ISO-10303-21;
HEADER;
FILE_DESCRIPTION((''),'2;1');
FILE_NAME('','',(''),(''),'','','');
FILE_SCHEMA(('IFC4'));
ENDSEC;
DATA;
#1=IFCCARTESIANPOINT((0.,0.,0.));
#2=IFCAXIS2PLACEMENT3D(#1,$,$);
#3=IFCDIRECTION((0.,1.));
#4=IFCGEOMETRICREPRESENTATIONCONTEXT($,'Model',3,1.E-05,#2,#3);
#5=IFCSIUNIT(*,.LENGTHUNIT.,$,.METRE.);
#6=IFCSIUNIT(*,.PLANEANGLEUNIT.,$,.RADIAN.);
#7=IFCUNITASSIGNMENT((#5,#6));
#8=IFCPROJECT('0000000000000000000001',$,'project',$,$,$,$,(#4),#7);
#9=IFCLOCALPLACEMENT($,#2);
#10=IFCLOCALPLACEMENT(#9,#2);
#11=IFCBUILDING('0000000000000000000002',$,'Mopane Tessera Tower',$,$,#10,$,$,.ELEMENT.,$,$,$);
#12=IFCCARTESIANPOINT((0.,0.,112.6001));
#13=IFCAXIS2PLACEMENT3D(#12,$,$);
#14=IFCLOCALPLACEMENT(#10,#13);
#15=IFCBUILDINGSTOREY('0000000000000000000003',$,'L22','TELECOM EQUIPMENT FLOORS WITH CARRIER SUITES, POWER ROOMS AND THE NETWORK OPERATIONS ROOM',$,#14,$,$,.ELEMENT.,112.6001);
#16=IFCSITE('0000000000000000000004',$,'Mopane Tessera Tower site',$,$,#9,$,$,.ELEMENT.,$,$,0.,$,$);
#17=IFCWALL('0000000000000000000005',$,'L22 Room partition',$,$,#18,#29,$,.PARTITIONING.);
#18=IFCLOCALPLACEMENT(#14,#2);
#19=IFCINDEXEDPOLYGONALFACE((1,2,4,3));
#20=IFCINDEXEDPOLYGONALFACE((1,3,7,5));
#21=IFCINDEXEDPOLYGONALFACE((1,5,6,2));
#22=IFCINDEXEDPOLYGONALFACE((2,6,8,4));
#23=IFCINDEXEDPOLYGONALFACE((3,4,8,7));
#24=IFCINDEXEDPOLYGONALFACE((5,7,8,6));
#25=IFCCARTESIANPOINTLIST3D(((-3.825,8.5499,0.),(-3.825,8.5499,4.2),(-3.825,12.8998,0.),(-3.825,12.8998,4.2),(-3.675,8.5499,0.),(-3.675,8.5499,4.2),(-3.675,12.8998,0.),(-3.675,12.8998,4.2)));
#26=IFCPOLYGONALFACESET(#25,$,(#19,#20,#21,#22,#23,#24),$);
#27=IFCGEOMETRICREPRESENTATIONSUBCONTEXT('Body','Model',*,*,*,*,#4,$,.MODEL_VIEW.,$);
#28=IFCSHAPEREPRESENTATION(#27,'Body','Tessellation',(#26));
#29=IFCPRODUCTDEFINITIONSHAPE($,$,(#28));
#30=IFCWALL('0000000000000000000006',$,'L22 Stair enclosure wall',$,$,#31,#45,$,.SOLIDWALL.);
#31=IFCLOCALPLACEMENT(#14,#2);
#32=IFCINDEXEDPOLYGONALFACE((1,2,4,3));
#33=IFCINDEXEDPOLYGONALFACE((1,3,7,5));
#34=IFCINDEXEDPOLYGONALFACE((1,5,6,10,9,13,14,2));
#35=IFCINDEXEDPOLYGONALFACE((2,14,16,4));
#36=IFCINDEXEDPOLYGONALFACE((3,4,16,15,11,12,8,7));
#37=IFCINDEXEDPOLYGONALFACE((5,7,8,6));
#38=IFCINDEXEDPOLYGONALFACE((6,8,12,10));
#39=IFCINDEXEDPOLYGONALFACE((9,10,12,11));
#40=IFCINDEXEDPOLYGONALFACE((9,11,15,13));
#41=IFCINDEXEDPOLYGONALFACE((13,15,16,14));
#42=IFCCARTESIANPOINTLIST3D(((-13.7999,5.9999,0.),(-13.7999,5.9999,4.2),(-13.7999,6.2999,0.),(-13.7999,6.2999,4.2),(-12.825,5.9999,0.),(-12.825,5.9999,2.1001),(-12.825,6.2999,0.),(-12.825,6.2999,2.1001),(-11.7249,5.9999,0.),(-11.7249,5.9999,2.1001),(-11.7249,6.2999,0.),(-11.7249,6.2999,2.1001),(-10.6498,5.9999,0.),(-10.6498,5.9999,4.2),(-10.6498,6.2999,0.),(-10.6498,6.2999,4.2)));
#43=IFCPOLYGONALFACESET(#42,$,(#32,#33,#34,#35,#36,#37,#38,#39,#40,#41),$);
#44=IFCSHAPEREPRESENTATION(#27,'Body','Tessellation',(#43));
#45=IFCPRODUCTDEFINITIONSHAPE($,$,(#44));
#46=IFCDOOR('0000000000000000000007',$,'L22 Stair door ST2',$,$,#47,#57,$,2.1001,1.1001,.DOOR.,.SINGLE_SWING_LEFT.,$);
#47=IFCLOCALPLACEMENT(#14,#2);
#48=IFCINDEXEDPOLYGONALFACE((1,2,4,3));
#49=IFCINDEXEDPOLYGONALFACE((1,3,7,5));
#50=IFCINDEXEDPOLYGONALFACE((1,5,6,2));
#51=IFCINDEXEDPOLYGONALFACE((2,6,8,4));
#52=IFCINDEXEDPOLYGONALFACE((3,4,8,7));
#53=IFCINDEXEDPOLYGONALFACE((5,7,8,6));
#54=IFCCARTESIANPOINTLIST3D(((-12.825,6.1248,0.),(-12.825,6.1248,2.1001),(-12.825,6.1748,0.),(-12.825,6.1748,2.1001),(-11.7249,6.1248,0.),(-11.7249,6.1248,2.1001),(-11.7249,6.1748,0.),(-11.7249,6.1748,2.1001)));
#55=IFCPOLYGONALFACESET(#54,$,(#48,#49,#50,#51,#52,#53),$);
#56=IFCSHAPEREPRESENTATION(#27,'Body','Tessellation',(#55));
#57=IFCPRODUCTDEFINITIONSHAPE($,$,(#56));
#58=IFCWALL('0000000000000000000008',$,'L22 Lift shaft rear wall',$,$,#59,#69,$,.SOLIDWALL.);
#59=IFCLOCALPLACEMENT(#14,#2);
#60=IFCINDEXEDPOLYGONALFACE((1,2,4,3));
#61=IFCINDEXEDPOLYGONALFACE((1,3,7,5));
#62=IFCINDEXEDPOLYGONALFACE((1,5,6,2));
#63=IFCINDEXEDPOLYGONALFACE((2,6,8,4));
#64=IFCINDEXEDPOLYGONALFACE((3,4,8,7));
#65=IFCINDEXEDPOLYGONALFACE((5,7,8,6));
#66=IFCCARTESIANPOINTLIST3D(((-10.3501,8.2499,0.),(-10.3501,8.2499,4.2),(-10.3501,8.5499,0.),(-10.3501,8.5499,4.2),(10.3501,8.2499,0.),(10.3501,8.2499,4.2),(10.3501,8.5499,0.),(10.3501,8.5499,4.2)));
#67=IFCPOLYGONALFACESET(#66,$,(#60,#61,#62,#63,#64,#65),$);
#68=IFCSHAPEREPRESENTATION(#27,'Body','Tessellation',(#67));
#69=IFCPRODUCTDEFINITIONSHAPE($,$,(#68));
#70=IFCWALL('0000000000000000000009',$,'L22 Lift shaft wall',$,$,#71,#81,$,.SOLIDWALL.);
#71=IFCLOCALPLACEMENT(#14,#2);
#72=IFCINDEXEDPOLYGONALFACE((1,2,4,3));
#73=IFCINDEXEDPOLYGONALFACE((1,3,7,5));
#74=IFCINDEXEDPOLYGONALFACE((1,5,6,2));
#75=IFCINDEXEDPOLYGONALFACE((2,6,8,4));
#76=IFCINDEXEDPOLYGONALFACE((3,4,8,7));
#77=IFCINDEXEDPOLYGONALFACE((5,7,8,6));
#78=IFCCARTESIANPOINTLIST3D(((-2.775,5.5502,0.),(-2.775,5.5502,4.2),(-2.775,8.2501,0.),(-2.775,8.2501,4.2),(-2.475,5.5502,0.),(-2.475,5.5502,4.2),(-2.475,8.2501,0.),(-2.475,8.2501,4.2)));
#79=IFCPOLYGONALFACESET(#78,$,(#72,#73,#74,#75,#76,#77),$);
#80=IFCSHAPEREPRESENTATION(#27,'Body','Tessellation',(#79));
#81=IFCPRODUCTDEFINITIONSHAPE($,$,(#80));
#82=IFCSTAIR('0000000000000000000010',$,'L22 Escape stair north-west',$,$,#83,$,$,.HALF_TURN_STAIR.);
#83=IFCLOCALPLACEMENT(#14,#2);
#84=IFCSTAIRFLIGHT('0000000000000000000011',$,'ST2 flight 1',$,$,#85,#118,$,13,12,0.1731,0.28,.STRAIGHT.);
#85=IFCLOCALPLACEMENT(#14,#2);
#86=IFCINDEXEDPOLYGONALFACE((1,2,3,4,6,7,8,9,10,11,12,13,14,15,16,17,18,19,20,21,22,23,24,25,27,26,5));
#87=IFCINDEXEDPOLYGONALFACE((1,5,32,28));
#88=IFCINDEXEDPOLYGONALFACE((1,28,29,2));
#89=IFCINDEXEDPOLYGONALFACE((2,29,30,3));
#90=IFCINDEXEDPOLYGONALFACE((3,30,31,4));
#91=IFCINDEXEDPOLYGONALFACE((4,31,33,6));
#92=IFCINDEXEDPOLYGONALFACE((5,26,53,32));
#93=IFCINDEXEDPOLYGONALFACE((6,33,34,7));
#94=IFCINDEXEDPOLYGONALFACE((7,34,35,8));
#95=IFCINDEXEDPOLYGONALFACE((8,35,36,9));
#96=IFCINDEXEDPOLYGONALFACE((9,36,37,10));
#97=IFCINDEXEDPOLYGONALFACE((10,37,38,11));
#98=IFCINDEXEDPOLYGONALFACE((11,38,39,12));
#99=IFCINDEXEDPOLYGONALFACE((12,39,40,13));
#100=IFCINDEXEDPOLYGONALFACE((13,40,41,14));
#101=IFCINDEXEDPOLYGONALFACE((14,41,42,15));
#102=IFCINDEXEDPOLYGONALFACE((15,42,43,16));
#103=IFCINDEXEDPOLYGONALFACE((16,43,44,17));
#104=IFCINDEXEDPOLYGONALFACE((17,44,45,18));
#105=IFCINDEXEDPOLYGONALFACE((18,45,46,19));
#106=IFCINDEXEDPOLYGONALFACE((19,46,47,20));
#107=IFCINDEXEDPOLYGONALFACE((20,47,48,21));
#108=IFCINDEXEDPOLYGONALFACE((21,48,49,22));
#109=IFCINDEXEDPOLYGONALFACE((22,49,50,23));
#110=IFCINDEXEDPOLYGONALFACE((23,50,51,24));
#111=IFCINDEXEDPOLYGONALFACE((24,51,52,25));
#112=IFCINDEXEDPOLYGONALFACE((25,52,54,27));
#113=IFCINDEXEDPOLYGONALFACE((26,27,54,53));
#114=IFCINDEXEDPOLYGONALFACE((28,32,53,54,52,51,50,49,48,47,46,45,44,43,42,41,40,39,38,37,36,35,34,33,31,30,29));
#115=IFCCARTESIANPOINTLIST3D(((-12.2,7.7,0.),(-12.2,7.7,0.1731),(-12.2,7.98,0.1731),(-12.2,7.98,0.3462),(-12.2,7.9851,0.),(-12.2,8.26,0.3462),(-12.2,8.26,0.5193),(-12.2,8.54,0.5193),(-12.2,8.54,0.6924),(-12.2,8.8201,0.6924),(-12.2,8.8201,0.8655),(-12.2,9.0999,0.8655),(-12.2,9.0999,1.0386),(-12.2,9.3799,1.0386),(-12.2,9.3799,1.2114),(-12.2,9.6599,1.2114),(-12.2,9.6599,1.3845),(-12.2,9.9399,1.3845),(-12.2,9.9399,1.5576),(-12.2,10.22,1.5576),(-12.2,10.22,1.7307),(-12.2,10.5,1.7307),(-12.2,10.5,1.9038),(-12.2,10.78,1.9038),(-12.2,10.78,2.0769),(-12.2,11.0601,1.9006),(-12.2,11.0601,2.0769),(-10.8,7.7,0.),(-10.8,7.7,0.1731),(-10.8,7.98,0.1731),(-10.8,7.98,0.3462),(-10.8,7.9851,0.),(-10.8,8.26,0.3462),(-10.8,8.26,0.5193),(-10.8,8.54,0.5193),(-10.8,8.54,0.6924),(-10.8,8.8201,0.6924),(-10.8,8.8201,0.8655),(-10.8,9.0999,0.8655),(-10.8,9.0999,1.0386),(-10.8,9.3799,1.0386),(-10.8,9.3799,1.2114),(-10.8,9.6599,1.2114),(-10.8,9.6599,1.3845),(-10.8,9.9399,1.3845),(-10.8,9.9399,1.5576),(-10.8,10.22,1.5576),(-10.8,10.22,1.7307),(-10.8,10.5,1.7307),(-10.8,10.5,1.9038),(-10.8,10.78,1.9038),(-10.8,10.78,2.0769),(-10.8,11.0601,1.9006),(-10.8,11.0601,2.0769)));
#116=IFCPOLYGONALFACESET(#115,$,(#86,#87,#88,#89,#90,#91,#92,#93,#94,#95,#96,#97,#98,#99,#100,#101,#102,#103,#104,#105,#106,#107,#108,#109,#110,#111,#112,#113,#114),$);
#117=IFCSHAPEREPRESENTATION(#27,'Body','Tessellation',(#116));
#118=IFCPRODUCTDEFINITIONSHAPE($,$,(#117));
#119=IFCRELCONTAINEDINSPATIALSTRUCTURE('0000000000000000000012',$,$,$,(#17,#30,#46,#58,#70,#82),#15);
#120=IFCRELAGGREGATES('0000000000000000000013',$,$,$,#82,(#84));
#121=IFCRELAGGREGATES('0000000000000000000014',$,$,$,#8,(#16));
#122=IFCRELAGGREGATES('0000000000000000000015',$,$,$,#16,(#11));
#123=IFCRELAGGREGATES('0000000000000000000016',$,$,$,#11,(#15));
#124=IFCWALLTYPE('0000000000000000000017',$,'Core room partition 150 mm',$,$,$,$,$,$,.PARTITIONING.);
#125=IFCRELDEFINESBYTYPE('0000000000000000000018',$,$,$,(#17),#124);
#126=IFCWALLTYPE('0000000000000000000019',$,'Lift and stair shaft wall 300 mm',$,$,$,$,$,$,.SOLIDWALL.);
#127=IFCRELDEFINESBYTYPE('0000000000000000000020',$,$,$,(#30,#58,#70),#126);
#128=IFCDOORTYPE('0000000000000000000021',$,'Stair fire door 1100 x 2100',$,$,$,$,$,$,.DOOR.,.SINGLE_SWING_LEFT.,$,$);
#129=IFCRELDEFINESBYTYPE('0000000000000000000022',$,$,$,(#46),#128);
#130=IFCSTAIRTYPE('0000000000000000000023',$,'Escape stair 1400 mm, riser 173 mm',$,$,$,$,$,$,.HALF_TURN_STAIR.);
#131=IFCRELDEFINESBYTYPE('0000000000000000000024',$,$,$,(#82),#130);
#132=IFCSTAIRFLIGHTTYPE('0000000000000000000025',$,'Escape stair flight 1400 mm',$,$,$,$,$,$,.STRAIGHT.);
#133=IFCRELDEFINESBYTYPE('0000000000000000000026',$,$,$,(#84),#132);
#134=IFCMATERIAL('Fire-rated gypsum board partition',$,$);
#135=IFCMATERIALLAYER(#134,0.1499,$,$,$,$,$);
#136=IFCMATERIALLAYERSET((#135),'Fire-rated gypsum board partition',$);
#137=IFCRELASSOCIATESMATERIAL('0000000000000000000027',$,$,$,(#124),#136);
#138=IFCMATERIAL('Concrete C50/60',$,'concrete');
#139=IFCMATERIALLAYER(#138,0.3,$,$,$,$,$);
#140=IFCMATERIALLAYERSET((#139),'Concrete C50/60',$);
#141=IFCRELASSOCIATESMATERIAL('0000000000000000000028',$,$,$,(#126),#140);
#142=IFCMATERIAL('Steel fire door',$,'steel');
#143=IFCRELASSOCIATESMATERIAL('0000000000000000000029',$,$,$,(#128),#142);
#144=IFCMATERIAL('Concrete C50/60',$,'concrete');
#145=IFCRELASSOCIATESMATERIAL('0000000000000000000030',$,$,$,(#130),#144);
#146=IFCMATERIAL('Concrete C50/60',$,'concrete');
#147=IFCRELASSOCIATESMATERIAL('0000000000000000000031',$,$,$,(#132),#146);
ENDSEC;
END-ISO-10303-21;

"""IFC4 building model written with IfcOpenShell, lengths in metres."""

from ifc_helpers import new_model, si_unit, direction, frame, frame_2d, origin, place, context, subcontext, project, spatial, polyline, rectangle, outline, extrude, material, layer, layer_set, type_object, element, fill, aggregate, save


model = new_model("IFC4")

# Units and contexts
model_context = context("Model", 3, precision=1e-05, world=origin(), true_north=direction((0.0, 1.0)))
body_context = subcontext(model_context, "Body", "Model", "MODEL_VIEW")
ifc_project = project(units=[si_unit("LENGTHUNIT", "METRE"), si_unit("PLANEANGLEUNIT", "RADIAN")], contexts=[model_context])

# Site, building, storey
site_placement = place(None, origin())
site = spatial("IfcSite", under=ifc_project, at=site_placement, Name="Mopane Tessera Tower site", CompositionType="ELEMENT", RefElevation=0.0)
building_placement = place(site_placement, origin())
building = spatial("IfcBuilding", under=site, at=building_placement, Name="Mopane Tessera Tower", CompositionType="ELEMENT")
storey_placement = place(building_placement, frame((0.0, 0.0, 112.6001)))
storey = spatial("IfcBuildingStorey", under=building, at=storey_placement, Name="L22", Description="TELECOM EQUIPMENT FLOORS WITH CARRIER SUITES, POWER ROOMS AND THE NETWORK OPERATIONS ROOM", CompositionType="ELEMENT", Elevation=112.6001)

# Wall
ifc_material_1 = material(Name="Fire-rated gypsum board partition")
ifc_layer_1 = layer(ifc_material_1, 0.1499)
ifc_layer_set_1 = layer_set([ifc_layer_1], Name="Fire-rated gypsum board partition")
wall_type_1 = type_object("IfcWallType", Name="Core room partition 150 mm", PredefinedType="PARTITIONING", material=ifc_layer_set_1)
wall_1_placement = place(storey_placement, frame((-3.75, 8.55, 0.0), z_axis=(0.0, 0.0, 1.0), x_axis=(0.0, 1.0, 0.0)))
element("IfcWall", 1, at=wall_1_placement, inside=storey, type_object=wall_type_1, Name="L22 Room partition", PredefinedType="PARTITIONING", context=body_context, shape_type="SweptSolid", body=[
    extrude(rectangle(XDim=4.3499, YDim=0.1499, at=frame_2d((2.1748, 0.0))), origin(), (0.0, 0.0, 1.0), 4.2),
])

# Wall, opening, door
ifc_material_2 = material(Name="Concrete C50/60", Category="concrete")
ifc_layer_2 = layer(ifc_material_2, 0.3)
ifc_layer_set_2 = layer_set([ifc_layer_2], Name="Concrete C50/60")
wall_type_2 = type_object("IfcWallType", Name="Lift and stair shaft wall 300 mm", PredefinedType="SOLIDWALL", material=ifc_layer_set_2)
wall_2_placement = place(storey_placement, frame((-13.8, 6.1499, 0.0), z_axis=(0.0, 0.0, 1.0), x_axis=(1.0, 0.0, 0.0)))
wall_2 = element("IfcWall", 2, at=wall_2_placement, inside=storey, type_object=wall_type_2, Name="L22 Stair enclosure wall", PredefinedType="SOLIDWALL", context=body_context, shape_type="SweptSolid", body=[
    extrude(rectangle(XDim=3.1501, YDim=0.3, at=frame_2d((1.5752, 0.0))), origin(), (0.0, 0.0, 1.0), 4.2),
])
opening_placement = place(wall_2_placement, frame((0.9751, 0.0, 0.0)))
opening = element("IfcOpeningElement", 3, at=opening_placement, cuts=wall_2, PredefinedType="OPENING", context=body_context, shape_type="SweptSolid", body=[
    extrude(rectangle(XDim=1.1001, YDim=2.1001, at=frame_2d((0.55, 1.05))), frame((0.0, 0.1621, 0.0), z_axis=(0.0, -1.0, 0.0), x_axis=(1.0, 0.0, 0.0)), (0.0, 0.0, 1.0), 0.324),
])
ifc_material_3 = material(Name="Steel fire door", Category="steel")
door_type = type_object("IfcDoorType", Name="Stair fire door 1100 x 2100", OperationType="SINGLE_SWING_LEFT", PredefinedType="DOOR", material=ifc_material_3)
door_placement = place(opening_placement, origin())
door = element("IfcDoor", 4, at=door_placement, inside=storey, type_object=door_type, Name="L22 Stair door ST2", OperationType="SINGLE_SWING_LEFT", OverallHeight=2.1001, OverallWidth=1.1001, PredefinedType="DOOR", context=body_context, shape_type="SweptSolid", body=[
    extrude(rectangle(XDim=1.1001, YDim=2.1001, at=frame_2d((0.55, 1.05))), frame((0.0, 0.0249, 0.0), z_axis=(0.0, -1.0, 0.0), x_axis=(1.0, 0.0, 0.0)), (0.0, 0.0, 1.0), 0.05),
])
fill(opening, door)

# Walls
wall_3_placement = place(storey_placement, frame((-10.3501, 8.3999, 0.0), z_axis=(0.0, 0.0, 1.0), x_axis=(1.0, 0.0, 0.0)))
element("IfcWall", 5, at=wall_3_placement, inside=storey, type_object=wall_type_2, Name="L22 Lift shaft rear wall", PredefinedType="SOLIDWALL", context=body_context, shape_type="SweptSolid", body=[
    extrude(rectangle(XDim=20.7002, YDim=0.3, at=frame_2d((10.3501, 0.0))), origin(), (0.0, 0.0, 1.0), 4.2),
])
wall_4_placement = place(storey_placement, frame((-2.625, 5.55, 0.0), z_axis=(0.0, 0.0, 1.0), x_axis=(0.0, 1.0, 0.0)))
element("IfcWall", 6, at=wall_4_placement, inside=storey, type_object=wall_type_2, Name="L22 Lift shaft wall", PredefinedType="SOLIDWALL", context=body_context, shape_type="SweptSolid", body=[
    extrude(rectangle(XDim=2.7, YDim=0.3, at=frame_2d((1.3501, 0.0))), origin(), (0.0, 0.0, 1.0), 4.2),
])

# Stair, stair flight
ifc_material_4 = material(Name="Concrete C50/60", Category="concrete")
stair_type = type_object("IfcStairType", Name="Escape stair 1400 mm, riser 173 mm", PredefinedType="HALF_TURN_STAIR", material=ifc_material_4)
stair_placement = place(storey_placement, origin())
stair = element("IfcStair", 7, at=stair_placement, inside=storey, type_object=stair_type, Name="L22 Escape stair north-west", PredefinedType="HALF_TURN_STAIR")
ifc_material_5 = material(Name="Concrete C50/60", Category="concrete")
stair_flight_type = type_object("IfcStairFlightType", Name="Escape stair flight 1400 mm", PredefinedType="STRAIGHT", material=ifc_material_5)
stair_flight_placement = place(storey_placement, frame((-11.5, 7.7, 0.0), z_axis=(0.0, 0.0, 1.0), x_axis=(0.0, 1.0, 0.0)))
stair_flight = element("IfcStairFlight", 8, at=stair_flight_placement, type_object=stair_flight_type, Name="ST2 flight 1", NumberOfRisers=13, NumberOfTreads=12, PredefinedType="STRAIGHT", RiserHeight=0.1731, TreadLength=0.28, context=body_context, shape_type="SweptSolid", body=[
    extrude(outline(polyline([(0.0, 0.0), (0.0, 0.1731), (0.28, 0.1731), (0.28, 0.3462), (0.5601, 0.3462), (0.5601, 0.5193), (0.8401, 0.5193), (0.8401, 0.6924), (1.1201, 0.6924), (1.1201, 0.8655), (1.3999, 0.8655), (1.3999, 1.0386), (1.6799, 1.0386), (1.6799, 1.2114), (1.96, 1.2114), (1.96, 1.3845), (2.24, 1.3845), (2.24, 1.5576), (2.52, 1.5576), (2.52, 1.7307), (2.8, 1.7307), (2.8, 1.9038), (3.0801, 1.9038), (3.0801, 2.0769), (3.3601, 2.0769), (3.3601, 2.25), (3.3601, 1.9006), (0.2852, 0.0), (0.0, 0.0)])), frame((0.0, 0.7, 0.0), z_axis=(0.0, -1.0, 0.0), x_axis=(1.0, 0.0, 0.0)), (0.0, 0.0, 1.0), 1.3999),
])
aggregate(stair, [stair_flight])

save(model, "model.ifc")
